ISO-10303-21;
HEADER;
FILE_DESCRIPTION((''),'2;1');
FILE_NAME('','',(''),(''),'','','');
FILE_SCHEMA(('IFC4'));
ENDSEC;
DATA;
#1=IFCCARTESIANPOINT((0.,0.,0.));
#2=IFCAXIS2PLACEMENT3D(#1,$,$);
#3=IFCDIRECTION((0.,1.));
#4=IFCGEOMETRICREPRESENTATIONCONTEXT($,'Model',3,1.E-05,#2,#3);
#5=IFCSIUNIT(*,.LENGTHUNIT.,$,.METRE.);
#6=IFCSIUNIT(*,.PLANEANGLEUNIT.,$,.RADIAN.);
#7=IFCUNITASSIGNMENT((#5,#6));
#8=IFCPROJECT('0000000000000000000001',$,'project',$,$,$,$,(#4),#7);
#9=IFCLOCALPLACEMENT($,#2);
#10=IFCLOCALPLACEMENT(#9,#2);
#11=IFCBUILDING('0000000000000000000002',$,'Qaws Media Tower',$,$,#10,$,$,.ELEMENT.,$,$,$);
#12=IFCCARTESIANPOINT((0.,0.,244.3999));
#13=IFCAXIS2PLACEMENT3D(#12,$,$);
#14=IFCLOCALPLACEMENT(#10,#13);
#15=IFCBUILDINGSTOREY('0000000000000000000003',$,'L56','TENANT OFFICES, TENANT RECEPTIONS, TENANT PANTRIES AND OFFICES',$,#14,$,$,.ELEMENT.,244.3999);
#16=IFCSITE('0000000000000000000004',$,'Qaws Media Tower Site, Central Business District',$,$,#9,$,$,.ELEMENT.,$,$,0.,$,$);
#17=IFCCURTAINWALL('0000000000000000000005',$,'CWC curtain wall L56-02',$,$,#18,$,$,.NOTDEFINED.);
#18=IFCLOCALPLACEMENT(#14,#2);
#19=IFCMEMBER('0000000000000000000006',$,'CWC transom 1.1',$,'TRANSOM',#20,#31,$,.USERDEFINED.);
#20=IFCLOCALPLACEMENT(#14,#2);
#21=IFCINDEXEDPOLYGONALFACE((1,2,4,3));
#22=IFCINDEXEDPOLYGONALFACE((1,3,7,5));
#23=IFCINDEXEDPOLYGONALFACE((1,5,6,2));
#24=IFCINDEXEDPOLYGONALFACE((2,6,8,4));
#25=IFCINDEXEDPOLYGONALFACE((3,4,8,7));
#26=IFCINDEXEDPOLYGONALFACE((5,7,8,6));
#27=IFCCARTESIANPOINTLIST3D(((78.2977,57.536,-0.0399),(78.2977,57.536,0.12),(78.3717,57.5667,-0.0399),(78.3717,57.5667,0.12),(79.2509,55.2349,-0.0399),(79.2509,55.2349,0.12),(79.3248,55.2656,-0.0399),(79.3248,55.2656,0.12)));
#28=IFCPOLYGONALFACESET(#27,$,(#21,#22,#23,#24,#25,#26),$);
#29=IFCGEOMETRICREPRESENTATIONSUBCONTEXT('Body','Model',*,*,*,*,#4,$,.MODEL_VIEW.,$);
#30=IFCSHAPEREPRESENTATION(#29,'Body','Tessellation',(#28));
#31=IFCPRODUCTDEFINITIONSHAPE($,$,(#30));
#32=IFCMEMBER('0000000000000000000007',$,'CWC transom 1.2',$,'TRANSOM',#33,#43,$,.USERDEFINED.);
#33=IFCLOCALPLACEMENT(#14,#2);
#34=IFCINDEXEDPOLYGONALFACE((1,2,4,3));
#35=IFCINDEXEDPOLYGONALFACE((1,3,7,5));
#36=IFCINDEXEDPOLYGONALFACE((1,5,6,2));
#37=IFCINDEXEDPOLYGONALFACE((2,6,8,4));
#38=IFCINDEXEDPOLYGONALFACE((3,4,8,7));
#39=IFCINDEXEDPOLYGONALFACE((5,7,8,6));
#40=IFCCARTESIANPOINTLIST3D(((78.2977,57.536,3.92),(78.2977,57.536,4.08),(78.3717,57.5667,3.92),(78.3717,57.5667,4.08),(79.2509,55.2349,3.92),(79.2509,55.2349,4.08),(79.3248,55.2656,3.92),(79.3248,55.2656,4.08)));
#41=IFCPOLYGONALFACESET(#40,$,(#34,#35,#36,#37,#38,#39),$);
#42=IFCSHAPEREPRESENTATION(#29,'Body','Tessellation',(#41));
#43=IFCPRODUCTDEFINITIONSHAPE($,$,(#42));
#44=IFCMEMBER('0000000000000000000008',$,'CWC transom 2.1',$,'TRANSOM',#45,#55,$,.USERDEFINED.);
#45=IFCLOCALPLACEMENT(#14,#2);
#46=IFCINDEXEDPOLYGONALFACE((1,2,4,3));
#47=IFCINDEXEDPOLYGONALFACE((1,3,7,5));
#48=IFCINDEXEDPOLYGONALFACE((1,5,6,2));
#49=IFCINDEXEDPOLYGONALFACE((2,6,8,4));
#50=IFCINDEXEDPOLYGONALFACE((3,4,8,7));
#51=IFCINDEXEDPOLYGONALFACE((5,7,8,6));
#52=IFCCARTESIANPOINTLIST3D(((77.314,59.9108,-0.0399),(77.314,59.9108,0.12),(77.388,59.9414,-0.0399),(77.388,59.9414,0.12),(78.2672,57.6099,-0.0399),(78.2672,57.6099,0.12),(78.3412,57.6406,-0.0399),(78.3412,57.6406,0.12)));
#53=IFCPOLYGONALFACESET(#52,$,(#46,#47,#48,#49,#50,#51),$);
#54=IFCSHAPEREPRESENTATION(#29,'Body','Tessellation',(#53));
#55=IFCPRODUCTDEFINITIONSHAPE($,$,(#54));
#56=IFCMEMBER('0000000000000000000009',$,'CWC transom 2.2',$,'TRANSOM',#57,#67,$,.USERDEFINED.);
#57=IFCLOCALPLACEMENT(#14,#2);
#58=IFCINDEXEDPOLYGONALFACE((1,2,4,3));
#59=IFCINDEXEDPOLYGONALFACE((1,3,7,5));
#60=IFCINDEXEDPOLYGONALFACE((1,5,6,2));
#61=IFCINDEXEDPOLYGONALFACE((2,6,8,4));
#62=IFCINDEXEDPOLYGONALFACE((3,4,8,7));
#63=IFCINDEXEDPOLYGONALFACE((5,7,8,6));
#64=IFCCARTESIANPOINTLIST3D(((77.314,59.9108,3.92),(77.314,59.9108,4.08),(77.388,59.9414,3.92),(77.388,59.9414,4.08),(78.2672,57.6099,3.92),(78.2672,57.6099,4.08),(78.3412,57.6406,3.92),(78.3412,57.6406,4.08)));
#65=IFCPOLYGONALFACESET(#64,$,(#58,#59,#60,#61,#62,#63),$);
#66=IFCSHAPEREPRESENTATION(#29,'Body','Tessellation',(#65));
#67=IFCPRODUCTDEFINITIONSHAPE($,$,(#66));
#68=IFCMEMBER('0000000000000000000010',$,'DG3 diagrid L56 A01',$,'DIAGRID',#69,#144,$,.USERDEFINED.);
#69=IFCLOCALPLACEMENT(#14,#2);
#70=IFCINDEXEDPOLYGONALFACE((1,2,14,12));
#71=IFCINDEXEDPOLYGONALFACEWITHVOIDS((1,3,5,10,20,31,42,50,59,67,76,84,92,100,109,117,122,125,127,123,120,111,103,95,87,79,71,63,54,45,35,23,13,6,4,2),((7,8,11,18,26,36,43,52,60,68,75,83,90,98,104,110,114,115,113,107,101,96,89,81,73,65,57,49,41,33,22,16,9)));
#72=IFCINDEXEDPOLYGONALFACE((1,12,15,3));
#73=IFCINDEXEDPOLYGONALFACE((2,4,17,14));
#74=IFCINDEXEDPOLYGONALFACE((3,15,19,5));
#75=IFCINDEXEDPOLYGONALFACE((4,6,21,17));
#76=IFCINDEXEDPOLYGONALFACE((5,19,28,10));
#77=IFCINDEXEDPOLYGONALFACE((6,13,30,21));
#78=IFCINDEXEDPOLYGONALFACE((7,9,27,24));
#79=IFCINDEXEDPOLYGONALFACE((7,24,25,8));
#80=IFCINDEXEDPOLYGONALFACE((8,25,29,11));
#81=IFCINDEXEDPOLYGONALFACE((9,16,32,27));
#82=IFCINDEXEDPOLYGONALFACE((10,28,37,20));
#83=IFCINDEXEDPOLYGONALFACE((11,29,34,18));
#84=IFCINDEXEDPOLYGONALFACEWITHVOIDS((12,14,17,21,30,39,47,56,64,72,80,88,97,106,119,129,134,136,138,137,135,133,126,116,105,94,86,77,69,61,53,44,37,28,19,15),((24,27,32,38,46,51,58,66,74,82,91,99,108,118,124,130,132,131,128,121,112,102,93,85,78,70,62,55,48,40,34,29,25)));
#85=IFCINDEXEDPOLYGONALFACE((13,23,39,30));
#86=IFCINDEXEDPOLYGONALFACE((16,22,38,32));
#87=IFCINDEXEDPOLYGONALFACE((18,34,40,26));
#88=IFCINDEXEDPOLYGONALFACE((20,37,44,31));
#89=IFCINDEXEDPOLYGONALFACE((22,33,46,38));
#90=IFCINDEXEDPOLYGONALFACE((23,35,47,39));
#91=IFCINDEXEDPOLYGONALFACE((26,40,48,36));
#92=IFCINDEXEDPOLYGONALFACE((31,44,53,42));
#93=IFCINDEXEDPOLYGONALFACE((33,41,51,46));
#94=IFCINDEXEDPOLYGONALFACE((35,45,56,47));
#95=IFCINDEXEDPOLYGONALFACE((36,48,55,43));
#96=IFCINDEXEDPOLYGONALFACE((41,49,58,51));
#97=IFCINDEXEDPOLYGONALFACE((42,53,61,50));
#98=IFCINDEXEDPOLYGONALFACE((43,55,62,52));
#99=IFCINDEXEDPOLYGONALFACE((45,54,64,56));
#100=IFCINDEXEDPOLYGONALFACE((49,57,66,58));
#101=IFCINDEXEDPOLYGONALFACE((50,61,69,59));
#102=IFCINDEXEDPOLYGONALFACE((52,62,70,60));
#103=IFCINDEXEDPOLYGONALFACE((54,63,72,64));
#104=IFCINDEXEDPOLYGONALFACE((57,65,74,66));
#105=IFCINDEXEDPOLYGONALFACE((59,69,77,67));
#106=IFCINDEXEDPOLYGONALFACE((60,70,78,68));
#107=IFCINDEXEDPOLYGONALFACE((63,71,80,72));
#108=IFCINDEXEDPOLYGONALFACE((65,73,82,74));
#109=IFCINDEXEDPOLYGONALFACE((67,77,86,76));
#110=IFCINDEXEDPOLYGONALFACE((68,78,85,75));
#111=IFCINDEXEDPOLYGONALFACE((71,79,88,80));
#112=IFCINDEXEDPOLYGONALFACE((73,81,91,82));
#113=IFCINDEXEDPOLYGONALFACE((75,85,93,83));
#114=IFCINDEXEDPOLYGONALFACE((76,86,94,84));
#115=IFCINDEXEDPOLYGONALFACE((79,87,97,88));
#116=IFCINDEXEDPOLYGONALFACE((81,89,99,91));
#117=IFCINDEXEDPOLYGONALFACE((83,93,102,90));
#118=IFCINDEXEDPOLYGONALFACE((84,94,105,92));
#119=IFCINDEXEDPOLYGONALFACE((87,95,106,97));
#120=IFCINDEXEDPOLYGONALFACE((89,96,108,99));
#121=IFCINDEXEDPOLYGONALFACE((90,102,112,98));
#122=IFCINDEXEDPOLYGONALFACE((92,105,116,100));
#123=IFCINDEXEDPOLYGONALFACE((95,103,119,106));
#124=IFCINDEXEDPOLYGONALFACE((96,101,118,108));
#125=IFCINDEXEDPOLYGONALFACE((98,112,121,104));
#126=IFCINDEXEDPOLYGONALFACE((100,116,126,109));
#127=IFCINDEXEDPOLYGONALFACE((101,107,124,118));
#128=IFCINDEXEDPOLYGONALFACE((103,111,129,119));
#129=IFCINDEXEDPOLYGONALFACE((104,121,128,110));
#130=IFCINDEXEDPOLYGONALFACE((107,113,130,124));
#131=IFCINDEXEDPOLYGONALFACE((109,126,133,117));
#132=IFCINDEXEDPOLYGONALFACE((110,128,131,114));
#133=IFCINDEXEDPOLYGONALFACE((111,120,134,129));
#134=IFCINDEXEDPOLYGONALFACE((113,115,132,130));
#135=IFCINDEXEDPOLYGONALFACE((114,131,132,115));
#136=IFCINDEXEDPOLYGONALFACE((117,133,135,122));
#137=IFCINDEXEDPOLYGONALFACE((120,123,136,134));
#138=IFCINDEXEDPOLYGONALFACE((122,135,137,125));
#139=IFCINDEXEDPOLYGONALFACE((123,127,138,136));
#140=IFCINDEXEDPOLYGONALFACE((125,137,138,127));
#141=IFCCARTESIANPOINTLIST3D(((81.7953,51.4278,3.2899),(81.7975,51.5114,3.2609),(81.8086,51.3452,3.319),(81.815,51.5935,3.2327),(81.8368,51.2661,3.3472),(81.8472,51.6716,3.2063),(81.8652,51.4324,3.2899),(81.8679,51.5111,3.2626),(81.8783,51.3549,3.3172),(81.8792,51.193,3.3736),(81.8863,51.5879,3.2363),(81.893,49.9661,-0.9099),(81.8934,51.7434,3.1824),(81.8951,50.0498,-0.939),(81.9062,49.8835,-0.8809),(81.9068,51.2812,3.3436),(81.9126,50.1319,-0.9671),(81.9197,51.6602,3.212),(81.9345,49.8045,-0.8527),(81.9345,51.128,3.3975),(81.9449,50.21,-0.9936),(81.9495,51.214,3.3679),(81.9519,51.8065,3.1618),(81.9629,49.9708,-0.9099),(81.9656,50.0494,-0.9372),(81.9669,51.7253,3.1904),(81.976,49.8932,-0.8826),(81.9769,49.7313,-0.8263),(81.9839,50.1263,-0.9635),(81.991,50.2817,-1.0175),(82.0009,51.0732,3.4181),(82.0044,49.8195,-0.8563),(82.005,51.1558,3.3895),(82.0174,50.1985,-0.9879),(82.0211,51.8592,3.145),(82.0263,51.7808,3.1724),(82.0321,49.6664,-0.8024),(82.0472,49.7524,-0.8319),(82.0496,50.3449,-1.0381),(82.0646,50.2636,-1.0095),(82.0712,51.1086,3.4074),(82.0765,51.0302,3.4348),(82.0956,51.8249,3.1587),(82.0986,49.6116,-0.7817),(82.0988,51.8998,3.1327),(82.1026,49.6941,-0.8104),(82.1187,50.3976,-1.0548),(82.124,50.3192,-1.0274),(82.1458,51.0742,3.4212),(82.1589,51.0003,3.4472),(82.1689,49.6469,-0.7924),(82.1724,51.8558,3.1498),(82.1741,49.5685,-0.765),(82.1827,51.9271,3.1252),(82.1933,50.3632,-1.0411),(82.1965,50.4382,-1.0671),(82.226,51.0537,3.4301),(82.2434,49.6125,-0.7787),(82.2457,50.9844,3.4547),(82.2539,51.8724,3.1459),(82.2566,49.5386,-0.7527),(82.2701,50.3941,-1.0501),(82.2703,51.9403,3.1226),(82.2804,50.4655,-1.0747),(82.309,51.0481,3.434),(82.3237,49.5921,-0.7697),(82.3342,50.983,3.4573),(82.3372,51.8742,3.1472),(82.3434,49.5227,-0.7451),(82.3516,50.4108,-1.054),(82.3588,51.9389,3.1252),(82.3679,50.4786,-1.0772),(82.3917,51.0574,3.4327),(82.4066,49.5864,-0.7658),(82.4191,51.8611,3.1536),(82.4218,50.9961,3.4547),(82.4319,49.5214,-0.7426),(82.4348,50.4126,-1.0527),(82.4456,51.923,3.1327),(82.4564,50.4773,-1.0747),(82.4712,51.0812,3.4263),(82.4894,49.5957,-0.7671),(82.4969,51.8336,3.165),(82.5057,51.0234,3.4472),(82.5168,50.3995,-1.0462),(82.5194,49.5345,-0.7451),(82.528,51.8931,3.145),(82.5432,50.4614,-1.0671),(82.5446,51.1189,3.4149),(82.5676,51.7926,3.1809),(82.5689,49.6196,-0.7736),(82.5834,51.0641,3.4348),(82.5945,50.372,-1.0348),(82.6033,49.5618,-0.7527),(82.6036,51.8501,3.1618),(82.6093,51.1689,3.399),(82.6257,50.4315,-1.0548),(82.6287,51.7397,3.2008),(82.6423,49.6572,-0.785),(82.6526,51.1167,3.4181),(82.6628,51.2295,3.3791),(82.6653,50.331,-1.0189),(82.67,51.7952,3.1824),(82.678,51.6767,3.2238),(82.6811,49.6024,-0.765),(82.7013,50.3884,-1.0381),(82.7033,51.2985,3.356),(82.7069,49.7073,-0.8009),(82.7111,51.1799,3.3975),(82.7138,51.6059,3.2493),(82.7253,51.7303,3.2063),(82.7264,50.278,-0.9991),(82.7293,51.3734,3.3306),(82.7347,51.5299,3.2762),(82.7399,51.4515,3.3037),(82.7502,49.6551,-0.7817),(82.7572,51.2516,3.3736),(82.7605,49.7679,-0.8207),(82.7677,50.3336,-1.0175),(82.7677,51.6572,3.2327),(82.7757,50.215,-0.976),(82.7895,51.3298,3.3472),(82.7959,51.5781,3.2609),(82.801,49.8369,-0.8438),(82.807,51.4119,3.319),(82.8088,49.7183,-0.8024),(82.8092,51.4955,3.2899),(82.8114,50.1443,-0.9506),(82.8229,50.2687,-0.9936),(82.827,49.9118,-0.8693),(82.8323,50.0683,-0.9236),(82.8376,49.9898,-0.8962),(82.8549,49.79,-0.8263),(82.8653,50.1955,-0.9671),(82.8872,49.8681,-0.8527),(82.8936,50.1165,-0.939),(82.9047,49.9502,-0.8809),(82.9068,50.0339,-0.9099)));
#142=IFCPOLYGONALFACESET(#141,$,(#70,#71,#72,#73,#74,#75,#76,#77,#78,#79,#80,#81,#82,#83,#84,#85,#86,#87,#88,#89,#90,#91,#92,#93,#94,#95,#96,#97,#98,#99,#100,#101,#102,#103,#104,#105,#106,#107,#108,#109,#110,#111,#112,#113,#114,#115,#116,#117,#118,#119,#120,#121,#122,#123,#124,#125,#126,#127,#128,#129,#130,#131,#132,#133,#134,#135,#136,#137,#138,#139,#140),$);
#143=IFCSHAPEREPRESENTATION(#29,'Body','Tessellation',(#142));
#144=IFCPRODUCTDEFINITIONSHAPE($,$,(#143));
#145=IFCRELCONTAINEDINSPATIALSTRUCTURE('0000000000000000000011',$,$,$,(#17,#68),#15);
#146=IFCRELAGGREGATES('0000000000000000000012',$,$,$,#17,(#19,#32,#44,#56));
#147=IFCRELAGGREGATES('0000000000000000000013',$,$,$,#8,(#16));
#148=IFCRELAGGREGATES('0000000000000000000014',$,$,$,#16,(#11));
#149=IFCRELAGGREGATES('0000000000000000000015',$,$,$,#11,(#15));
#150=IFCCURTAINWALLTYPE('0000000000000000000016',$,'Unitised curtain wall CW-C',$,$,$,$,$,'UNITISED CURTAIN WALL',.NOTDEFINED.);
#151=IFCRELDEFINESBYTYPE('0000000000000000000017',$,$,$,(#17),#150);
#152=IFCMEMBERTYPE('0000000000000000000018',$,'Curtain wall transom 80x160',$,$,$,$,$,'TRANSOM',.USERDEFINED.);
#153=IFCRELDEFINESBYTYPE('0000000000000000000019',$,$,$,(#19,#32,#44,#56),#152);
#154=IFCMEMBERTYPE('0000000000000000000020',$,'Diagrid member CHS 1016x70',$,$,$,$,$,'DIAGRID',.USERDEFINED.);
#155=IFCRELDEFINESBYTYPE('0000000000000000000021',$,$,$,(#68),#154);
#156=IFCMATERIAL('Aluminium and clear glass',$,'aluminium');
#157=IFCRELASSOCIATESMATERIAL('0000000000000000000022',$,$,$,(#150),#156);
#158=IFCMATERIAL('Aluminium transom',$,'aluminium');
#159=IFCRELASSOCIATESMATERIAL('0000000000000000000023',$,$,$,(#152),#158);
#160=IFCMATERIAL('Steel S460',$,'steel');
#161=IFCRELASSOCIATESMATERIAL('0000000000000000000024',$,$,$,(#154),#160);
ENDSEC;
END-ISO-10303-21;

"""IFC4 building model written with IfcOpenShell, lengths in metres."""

from ifc_helpers import new_model, si_unit, direction, frame, origin, origin_2d, place, context, subcontext, project, spatial, rectangle, hollow_circle, extrude, material, material_profile, profile_set, type_object, element, aggregate, save


model = new_model("IFC4")

# Units and contexts
model_context = context("Model", 3, precision=1e-05, world=origin(), true_north=direction((0.0, 1.0)))
body_context = subcontext(model_context, "Body", "Model", "MODEL_VIEW")
ifc_project = project(units=[si_unit("LENGTHUNIT", "METRE"), si_unit("PLANEANGLEUNIT", "RADIAN")], contexts=[model_context])

# Site, building, storey
site_placement = place(None, origin())
site = spatial("IfcSite", under=ifc_project, at=site_placement, Name="Qaws Media Tower Site, Central Business District", CompositionType="ELEMENT", RefElevation=0.0)
building_placement = place(site_placement, origin())
building = spatial("IfcBuilding", under=site, at=building_placement, Name="Qaws Media Tower", CompositionType="ELEMENT")
storey_placement = place(building_placement, frame((0.0, 0.0, 244.3999)))
storey = spatial("IfcBuildingStorey", under=building, at=storey_placement, Name="L56", Description="TENANT OFFICES, TENANT RECEPTIONS, TENANT PANTRIES AND OFFICES", CompositionType="ELEMENT", Elevation=244.3999)

# Curtain wall
ifc_material_1 = material(Name="Aluminium and clear glass", Category="aluminium")
curtain_wall_type = type_object("IfcCurtainWallType", Name="Unitised curtain wall CW-C", ElementType="UNITISED CURTAIN WALL", PredefinedType="NOTDEFINED", material=ifc_material_1)
curtain_wall_1_placement = place(storey_placement, origin())
curtain_wall_1 = element("IfcCurtainWall", 1, at=curtain_wall_1_placement, inside=storey, type_object=curtain_wall_type, Name="CWC curtain wall L56-02", PredefinedType="NOTDEFINED")

# Members
ifc_material_2 = material(Name="Aluminium transom", Category="aluminium")
ifc_material_profile_1 = material_profile(ifc_material_2, rectangle(XDim=0.0801, YDim=0.1599, at=origin_2d()), Name="80x160")
ifc_profile_set_1 = profile_set([ifc_material_profile_1], Name="Aluminium transom")
member_type_1 = type_object("IfcMemberType", Name="Curtain wall transom 80x160", ElementType="TRANSOM", PredefinedType="USERDEFINED", material=ifc_profile_set_1)
member_1_placement = place(storey_placement, frame((79.2878, 55.2502, 0.04), z_axis=(-0.382687, 0.923878, 0.0), x_axis=(-0.923878, -0.382687, 0.0)))
member_1 = element("IfcMember", 2, at=member_1_placement, type_object=member_type_1, Name="CWC transom 1.1", ObjectType="TRANSOM", PredefinedType="USERDEFINED", context=body_context, shape_type="SweptSolid", body=[
    extrude(rectangle(XDim=0.0801, YDim=0.1599, at=origin_2d()), origin(), (0.0, 0.0, 1.0), 2.4907),
])
member_2_placement = place(storey_placement, frame((79.2878, 55.2502, 4.0), z_axis=(-0.382687, 0.923878, 0.0), x_axis=(-0.923878, -0.382687, 0.0)))
member_2 = element("IfcMember", 3, at=member_2_placement, type_object=member_type_1, Name="CWC transom 1.2", ObjectType="TRANSOM", PredefinedType="USERDEFINED", context=body_context, shape_type="SweptSolid", body=[
    extrude(rectangle(XDim=0.0801, YDim=0.1599, at=origin_2d()), origin(), (0.0, 0.0, 1.0), 2.4907),
])
member_3_placement = place(storey_placement, frame((78.3042, 57.6252, 0.04), z_axis=(-0.382721, 0.923864, 0.0), x_axis=(-0.923864, -0.382721, 0.0)))
member_3 = element("IfcMember", 4, at=member_3_placement, type_object=member_type_1, Name="CWC transom 2.1", ObjectType="TRANSOM", PredefinedType="USERDEFINED", context=body_context, shape_type="SweptSolid", body=[
    extrude(rectangle(XDim=0.0801, YDim=0.1599, at=origin_2d()), origin(), (0.0, 0.0, 1.0), 2.4905),
])
member_4_placement = place(storey_placement, frame((78.3042, 57.6252, 4.0), z_axis=(-0.382721, 0.923864, 0.0), x_axis=(-0.923864, -0.382721, 0.0)))
member_4 = element("IfcMember", 5, at=member_4_placement, type_object=member_type_1, Name="CWC transom 2.2", ObjectType="TRANSOM", PredefinedType="USERDEFINED", context=body_context, shape_type="SweptSolid", body=[
    extrude(rectangle(XDim=0.0801, YDim=0.1599, at=origin_2d()), origin(), (0.0, 0.0, 1.0), 2.4905),
])

# Member
ifc_material_3 = material(Name="Steel S460", Category="steel")
ifc_material_profile_2 = material_profile(ifc_material_3, hollow_circle(Radius=0.5081, WallThickness=0.0701, at=origin_2d()), Name="CHS 1016x70")
ifc_profile_set_2 = profile_set([ifc_material_profile_2], Name="Steel S460")
member_type_2 = type_object("IfcMemberType", Name="Diagrid member CHS 1016x70", ElementType="DIAGRID", PredefinedType="USERDEFINED", material=ifc_profile_set_2)
for number, where, z_axis, x_axis, name in (
    (6, (82.3999, 50.0, -0.9099), (-0.021955, 0.328605, 0.944212), (-0.997776, -0.066663, 0.0), "DG3 diagrid L56 A01"),
):
    element("IfcMember", number, at=place(storey_placement, frame(where, z_axis=z_axis, x_axis=x_axis)), inside=storey, type_object=member_type_2, Name=name, ObjectType="DIAGRID", PredefinedType="USERDEFINED", context=body_context, shape_type="SweptSolid", body=[
        extrude(hollow_circle(Radius=0.5081, WallThickness=0.0701, at=origin_2d()), origin(), (0.0, 0.0, 1.0), 4.448),
    ])

aggregate(curtain_wall_1, [member_1, member_2, member_3, member_4])

save(model, "model.ifc")
